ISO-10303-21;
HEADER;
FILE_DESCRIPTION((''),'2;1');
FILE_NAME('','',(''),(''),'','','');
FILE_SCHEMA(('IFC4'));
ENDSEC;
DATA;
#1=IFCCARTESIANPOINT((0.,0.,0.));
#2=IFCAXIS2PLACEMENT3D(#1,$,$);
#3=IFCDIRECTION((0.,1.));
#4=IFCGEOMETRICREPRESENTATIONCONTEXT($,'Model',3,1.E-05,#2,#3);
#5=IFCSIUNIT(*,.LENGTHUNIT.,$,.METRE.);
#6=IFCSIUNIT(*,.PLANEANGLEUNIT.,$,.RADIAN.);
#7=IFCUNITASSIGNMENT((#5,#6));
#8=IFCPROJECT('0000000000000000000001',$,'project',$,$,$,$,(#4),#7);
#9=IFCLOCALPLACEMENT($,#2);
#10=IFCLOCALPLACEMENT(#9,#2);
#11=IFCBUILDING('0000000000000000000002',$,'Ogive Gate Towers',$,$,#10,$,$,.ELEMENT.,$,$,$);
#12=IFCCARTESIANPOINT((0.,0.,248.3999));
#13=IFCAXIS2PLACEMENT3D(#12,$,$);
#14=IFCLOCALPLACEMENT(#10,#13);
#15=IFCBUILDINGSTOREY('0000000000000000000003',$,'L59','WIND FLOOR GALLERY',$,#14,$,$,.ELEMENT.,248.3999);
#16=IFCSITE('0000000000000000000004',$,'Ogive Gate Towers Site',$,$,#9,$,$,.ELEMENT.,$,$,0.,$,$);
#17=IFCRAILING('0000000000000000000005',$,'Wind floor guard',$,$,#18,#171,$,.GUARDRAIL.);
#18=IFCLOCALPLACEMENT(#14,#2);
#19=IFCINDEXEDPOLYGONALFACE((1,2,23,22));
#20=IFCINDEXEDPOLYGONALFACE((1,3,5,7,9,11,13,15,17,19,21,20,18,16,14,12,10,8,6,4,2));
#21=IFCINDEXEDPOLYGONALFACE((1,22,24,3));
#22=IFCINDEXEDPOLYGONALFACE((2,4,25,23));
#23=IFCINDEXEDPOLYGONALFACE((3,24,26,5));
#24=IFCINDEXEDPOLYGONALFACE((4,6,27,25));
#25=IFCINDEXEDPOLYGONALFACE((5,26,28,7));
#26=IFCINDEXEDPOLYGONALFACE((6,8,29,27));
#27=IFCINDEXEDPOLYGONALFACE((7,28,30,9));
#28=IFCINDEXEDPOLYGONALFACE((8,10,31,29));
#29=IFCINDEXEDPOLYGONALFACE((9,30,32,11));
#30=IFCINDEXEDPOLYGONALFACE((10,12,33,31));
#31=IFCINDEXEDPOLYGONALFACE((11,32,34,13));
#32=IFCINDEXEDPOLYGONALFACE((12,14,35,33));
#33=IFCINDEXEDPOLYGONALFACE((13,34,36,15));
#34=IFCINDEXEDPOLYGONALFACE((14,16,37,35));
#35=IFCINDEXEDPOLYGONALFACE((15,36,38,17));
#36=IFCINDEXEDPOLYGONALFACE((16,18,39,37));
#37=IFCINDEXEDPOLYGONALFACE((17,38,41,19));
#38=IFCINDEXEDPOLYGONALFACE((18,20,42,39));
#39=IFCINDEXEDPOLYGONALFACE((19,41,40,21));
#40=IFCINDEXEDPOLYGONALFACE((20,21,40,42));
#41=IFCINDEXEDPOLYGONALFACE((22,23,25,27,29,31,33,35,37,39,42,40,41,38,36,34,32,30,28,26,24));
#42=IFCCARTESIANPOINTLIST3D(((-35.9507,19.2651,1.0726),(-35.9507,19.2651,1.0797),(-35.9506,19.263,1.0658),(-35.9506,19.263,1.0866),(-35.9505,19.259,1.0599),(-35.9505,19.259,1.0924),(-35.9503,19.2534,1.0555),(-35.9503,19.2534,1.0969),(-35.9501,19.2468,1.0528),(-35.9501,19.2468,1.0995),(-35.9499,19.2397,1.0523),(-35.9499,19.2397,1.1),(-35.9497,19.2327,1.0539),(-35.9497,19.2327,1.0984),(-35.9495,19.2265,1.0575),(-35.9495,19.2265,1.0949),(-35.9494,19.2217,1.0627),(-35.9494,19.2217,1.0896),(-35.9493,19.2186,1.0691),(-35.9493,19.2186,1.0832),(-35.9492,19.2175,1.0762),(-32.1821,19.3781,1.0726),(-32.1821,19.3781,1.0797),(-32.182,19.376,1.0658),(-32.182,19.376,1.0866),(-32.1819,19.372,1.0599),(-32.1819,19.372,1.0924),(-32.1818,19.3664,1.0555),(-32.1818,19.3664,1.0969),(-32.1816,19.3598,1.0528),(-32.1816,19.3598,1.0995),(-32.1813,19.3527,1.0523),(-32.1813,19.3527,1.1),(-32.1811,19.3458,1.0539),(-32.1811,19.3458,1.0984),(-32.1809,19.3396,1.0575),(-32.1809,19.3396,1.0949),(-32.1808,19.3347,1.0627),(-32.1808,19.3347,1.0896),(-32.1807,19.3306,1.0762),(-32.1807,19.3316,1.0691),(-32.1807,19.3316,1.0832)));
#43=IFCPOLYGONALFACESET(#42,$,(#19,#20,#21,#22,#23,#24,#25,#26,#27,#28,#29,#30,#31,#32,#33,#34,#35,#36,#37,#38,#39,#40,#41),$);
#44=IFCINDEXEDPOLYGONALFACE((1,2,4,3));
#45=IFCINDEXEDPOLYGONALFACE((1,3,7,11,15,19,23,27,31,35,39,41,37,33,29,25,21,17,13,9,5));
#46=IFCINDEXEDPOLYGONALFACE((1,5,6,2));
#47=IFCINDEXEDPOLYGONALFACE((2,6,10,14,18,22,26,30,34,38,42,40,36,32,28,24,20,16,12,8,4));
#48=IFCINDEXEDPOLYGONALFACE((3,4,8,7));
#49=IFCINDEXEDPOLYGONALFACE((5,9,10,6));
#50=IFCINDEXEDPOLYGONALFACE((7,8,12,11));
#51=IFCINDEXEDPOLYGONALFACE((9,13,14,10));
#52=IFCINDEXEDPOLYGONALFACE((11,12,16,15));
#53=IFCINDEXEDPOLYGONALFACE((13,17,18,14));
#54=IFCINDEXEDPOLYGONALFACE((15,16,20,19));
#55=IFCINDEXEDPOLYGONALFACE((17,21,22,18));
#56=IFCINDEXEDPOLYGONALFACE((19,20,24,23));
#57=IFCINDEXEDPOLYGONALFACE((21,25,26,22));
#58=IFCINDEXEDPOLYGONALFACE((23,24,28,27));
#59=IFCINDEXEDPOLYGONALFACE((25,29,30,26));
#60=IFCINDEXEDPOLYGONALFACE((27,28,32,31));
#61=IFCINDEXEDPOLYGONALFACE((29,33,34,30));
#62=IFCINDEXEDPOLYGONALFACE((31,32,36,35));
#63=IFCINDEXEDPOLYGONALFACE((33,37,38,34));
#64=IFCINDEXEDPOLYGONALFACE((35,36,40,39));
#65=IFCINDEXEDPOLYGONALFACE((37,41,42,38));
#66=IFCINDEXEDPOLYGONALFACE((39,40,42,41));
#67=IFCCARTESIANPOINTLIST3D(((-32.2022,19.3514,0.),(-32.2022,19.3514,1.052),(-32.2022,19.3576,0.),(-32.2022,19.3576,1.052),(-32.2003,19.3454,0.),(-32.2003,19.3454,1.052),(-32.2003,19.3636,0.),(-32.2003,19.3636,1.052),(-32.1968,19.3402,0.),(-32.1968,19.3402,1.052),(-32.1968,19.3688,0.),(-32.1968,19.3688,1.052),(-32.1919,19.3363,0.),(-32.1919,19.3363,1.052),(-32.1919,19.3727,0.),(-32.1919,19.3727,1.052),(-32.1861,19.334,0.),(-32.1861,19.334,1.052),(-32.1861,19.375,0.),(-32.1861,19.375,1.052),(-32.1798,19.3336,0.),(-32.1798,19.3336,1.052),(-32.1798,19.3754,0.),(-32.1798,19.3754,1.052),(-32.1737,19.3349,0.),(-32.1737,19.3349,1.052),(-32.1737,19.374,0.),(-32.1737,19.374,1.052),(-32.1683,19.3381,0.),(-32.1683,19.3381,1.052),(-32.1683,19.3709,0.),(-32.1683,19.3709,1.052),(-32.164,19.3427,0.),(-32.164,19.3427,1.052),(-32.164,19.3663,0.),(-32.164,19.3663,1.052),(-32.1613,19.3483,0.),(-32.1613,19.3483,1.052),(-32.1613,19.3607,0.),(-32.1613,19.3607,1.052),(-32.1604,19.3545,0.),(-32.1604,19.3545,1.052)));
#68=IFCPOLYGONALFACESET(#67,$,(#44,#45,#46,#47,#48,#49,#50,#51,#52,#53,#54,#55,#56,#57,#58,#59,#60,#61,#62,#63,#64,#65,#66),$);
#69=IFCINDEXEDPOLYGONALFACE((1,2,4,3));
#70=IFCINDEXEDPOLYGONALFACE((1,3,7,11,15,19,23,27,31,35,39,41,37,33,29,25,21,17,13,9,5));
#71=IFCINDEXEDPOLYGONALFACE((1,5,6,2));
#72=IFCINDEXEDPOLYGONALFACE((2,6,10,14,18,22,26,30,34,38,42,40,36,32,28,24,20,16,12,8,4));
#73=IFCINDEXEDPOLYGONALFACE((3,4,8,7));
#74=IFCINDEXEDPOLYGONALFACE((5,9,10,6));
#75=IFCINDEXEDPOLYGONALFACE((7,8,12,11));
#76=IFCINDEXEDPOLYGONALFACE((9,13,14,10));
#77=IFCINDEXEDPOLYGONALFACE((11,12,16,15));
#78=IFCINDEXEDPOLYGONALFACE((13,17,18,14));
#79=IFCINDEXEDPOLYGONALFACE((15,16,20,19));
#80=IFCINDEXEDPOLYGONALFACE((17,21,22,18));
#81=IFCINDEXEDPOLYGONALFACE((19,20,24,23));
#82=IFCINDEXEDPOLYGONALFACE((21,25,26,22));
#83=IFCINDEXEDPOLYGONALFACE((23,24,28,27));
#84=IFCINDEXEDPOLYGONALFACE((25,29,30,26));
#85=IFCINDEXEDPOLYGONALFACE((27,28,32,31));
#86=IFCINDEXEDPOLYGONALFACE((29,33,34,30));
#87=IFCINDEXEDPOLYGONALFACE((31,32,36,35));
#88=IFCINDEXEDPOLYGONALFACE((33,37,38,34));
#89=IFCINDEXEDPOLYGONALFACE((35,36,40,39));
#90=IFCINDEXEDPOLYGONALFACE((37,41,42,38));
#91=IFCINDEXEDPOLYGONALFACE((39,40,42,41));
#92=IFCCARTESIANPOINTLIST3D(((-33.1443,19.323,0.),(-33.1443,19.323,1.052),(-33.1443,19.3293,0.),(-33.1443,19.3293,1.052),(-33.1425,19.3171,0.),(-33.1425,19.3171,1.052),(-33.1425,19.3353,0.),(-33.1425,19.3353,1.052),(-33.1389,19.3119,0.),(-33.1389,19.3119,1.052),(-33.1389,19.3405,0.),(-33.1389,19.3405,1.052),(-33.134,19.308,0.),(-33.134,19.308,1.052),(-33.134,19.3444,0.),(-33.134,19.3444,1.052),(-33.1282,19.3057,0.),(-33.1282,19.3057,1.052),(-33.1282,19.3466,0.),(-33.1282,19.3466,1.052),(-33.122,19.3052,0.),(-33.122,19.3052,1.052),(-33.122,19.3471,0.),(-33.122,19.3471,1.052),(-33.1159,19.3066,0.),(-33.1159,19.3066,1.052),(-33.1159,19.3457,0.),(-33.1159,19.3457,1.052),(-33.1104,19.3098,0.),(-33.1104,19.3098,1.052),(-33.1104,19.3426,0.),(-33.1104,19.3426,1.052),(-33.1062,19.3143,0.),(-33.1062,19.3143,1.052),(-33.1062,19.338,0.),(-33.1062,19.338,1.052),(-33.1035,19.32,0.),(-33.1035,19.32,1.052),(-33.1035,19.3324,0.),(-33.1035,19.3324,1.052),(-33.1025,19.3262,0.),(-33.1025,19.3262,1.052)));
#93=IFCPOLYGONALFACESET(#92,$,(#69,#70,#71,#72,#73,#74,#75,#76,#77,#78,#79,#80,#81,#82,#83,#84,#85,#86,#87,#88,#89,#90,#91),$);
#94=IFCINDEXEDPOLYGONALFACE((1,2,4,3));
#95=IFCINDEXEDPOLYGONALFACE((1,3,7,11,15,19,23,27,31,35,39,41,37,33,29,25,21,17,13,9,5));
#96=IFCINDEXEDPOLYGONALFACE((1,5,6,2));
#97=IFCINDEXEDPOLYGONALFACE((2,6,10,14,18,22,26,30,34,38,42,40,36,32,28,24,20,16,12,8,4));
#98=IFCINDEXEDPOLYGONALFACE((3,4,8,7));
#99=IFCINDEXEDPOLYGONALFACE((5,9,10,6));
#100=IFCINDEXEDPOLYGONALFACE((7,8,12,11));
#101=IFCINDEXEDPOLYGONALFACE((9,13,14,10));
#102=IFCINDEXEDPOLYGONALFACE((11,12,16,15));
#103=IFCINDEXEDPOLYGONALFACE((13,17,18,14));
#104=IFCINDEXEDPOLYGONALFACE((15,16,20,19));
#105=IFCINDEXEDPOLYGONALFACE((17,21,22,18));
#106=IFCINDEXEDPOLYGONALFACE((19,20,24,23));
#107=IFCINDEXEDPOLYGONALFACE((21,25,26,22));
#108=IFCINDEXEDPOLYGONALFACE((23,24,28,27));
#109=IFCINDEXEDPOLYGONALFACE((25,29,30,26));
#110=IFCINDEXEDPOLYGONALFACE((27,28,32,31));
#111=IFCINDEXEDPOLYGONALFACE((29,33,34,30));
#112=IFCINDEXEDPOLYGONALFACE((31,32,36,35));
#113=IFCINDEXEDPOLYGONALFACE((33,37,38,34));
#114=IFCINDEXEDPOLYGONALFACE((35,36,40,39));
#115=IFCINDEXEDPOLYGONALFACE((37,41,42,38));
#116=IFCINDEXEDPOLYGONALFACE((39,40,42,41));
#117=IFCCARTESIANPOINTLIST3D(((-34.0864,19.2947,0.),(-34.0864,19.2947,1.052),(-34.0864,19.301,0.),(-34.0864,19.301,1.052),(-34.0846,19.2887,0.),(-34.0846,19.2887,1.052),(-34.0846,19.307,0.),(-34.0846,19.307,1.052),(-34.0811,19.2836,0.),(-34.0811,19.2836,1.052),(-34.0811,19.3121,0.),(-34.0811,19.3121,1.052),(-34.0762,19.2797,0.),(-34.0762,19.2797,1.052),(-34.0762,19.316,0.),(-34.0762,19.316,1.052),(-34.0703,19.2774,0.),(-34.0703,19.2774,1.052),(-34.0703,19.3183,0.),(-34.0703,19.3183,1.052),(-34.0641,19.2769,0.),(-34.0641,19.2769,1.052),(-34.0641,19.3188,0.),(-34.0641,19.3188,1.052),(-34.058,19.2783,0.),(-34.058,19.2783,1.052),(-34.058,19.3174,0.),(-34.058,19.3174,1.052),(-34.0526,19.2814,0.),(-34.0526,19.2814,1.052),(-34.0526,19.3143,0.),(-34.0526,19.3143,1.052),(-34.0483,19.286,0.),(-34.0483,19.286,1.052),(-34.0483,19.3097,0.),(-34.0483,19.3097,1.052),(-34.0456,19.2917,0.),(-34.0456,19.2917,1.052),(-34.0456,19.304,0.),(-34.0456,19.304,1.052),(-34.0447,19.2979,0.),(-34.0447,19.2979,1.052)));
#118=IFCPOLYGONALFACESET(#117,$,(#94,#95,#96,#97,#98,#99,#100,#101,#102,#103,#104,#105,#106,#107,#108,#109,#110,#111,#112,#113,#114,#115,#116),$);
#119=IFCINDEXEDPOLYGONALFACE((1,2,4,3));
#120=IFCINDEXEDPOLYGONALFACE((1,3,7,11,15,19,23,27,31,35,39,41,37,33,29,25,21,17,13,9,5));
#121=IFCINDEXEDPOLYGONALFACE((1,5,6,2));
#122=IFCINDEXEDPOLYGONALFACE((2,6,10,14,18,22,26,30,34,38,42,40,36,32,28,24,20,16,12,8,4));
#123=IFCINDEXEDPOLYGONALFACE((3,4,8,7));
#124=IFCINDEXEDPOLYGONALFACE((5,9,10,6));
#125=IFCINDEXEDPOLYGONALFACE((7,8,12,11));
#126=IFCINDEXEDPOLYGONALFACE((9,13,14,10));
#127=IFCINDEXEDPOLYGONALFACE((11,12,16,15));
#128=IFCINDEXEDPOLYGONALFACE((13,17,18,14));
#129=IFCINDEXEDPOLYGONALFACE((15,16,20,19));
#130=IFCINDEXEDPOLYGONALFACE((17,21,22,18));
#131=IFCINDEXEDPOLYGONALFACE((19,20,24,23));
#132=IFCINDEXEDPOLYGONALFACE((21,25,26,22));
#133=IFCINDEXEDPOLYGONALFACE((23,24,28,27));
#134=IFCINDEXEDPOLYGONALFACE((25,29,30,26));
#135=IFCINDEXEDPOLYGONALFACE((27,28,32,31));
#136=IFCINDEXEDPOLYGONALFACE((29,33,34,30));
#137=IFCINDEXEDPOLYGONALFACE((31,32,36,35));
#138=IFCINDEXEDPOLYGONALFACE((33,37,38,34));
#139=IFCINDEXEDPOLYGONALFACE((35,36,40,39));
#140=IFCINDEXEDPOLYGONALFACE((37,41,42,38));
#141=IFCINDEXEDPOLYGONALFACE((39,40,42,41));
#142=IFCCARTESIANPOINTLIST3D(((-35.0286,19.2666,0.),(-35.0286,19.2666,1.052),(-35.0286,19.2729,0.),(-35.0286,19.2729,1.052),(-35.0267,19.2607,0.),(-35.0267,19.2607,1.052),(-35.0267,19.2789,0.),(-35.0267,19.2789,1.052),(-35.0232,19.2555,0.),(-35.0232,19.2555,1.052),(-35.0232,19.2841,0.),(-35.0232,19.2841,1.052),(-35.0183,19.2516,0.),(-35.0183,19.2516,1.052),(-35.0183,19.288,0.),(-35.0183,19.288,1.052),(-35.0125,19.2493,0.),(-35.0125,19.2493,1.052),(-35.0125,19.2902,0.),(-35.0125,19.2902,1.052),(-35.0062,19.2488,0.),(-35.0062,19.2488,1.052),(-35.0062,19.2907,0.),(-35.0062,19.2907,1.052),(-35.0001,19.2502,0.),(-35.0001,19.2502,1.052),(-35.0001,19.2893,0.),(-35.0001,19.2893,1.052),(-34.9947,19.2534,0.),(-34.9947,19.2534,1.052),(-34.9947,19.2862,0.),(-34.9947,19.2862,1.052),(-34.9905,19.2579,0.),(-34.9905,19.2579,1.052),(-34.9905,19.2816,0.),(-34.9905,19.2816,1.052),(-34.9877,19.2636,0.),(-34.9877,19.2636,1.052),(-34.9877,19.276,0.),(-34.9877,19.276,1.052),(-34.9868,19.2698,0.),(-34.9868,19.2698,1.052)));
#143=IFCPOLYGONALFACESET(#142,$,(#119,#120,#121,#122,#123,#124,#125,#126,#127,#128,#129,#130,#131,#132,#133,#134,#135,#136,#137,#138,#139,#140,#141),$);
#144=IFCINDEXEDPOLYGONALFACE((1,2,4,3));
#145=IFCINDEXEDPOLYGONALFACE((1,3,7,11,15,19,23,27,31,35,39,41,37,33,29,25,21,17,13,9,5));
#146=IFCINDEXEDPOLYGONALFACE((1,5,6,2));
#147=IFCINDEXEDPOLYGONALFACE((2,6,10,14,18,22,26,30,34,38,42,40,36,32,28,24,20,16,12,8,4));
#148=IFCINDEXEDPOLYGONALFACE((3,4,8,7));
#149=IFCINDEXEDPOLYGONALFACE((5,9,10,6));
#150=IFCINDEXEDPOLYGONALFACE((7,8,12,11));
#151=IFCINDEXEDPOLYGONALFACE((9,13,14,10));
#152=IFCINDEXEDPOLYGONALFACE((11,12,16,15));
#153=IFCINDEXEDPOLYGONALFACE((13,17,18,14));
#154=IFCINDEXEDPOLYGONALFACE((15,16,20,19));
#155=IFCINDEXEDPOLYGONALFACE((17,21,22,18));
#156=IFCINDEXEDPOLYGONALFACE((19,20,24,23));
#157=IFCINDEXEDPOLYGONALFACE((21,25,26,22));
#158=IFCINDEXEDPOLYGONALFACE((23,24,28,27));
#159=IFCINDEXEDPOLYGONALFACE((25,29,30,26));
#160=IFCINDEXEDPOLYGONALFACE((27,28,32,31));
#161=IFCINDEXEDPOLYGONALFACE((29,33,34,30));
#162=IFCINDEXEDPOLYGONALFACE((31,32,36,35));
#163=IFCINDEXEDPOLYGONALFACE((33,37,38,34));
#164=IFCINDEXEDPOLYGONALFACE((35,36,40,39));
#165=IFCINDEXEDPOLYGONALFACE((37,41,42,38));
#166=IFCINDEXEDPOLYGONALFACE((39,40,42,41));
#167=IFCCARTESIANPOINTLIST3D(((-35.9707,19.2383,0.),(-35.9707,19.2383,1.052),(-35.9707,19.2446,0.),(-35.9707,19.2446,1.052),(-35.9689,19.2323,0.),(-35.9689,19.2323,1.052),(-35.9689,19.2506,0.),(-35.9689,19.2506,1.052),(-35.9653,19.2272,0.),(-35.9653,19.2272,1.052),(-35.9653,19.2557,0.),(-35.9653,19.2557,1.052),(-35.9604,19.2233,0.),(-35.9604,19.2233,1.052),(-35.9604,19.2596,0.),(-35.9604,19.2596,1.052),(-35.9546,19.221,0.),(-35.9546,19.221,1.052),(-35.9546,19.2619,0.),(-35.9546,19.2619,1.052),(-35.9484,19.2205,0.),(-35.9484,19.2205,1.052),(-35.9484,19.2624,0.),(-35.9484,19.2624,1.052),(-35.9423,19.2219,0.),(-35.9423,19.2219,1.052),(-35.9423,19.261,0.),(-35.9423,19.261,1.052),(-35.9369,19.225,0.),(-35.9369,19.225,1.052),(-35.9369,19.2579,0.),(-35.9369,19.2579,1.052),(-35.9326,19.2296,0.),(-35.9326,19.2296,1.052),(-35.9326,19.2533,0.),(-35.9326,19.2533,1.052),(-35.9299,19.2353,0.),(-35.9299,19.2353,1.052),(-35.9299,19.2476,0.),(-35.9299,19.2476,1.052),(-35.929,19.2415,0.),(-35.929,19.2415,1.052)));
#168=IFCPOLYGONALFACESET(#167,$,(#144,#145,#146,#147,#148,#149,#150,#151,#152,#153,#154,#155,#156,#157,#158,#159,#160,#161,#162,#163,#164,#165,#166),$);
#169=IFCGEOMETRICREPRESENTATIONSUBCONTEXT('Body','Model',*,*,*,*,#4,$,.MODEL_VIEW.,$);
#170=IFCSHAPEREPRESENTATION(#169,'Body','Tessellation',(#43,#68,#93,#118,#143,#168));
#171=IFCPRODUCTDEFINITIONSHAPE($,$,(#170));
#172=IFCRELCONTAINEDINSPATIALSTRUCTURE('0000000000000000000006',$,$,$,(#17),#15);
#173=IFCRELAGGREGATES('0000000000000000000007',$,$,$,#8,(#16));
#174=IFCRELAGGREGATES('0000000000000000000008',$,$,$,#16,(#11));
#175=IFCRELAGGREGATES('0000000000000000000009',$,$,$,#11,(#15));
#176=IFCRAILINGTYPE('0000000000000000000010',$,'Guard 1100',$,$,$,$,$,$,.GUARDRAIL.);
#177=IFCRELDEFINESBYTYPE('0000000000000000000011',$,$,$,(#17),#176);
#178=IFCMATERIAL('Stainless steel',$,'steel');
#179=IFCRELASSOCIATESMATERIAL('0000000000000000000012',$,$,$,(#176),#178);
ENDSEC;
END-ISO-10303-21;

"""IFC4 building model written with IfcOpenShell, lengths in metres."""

from ifc_helpers import new_model, si_unit, direction, frame, origin, origin_2d, place, context, subcontext, project, spatial, circle, extrude, material, type_object, element, save


model = new_model("IFC4")

# Units and contexts
model_context = context("Model", 3, precision=1e-05, world=origin(), true_north=direction((0.0, 1.0)))
body_context = subcontext(model_context, "Body", "Model", "MODEL_VIEW")
ifc_project = project(units=[si_unit("LENGTHUNIT", "METRE"), si_unit("PLANEANGLEUNIT", "RADIAN")], contexts=[model_context])

# Site, building, storey
site_placement = place(None, origin())
site = spatial("IfcSite", under=ifc_project, at=site_placement, Name="Ogive Gate Towers Site", CompositionType="ELEMENT", RefElevation=0.0)
building_placement = place(site_placement, origin())
building = spatial("IfcBuilding", under=site, at=building_placement, Name="Ogive Gate Towers", CompositionType="ELEMENT")
storey_placement = place(building_placement, frame((0.0, 0.0, 248.3999)))
storey = spatial("IfcBuildingStorey", under=building, at=storey_placement, Name="L59", Description="WIND FLOOR GALLERY", CompositionType="ELEMENT", Elevation=248.3999)

# Railing
ifc_material_1 = material(Name="Stainless steel", Category="steel")
railing_type = type_object("IfcRailingType", Name="Guard 1100", PredefinedType="GUARDRAIL", material=ifc_material_1)
railing_1_placement = place(storey_placement, frame((-32.1814, 19.3545, 0.0)))
element("IfcRailing", 1, at=railing_1_placement, inside=storey, type_object=railing_type, Name="Wind floor guard", PredefinedType="GUARDRAIL", context=body_context, shape_type="SweptSolid", body=[
    extrude(circle(Radius=0.0239, at=origin_2d()), frame((0.0, 0.0, 1.0762), z_axis=(-0.99955, -0.029981, 0.0), x_axis=(0.029981, -0.99955, 0.0)), (0.0, 0.0, 1.0), 3.7703),
    extrude(circle(Radius=0.021, at=origin_2d()), origin(), (0.0, 0.0, 1.0), 1.052),
    extrude(circle(Radius=0.021, at=origin_2d()), frame((-0.9421, -0.0283, 0.0)), (0.0, 0.0, 1.0), 1.052),
    extrude(circle(Radius=0.021, at=origin_2d()), frame((-1.8843, -0.0566, 0.0)), (0.0, 0.0, 1.0), 1.052),
    extrude(circle(Radius=0.021, at=origin_2d()), frame((-2.8264, -0.0847, 0.0)), (0.0, 0.0, 1.0), 1.052),
    extrude(circle(Radius=0.021, at=origin_2d()), frame((-3.7686, -0.113, 0.0)), (0.0, 0.0, 1.0), 1.052),
])

save(model, "model.ifc")
